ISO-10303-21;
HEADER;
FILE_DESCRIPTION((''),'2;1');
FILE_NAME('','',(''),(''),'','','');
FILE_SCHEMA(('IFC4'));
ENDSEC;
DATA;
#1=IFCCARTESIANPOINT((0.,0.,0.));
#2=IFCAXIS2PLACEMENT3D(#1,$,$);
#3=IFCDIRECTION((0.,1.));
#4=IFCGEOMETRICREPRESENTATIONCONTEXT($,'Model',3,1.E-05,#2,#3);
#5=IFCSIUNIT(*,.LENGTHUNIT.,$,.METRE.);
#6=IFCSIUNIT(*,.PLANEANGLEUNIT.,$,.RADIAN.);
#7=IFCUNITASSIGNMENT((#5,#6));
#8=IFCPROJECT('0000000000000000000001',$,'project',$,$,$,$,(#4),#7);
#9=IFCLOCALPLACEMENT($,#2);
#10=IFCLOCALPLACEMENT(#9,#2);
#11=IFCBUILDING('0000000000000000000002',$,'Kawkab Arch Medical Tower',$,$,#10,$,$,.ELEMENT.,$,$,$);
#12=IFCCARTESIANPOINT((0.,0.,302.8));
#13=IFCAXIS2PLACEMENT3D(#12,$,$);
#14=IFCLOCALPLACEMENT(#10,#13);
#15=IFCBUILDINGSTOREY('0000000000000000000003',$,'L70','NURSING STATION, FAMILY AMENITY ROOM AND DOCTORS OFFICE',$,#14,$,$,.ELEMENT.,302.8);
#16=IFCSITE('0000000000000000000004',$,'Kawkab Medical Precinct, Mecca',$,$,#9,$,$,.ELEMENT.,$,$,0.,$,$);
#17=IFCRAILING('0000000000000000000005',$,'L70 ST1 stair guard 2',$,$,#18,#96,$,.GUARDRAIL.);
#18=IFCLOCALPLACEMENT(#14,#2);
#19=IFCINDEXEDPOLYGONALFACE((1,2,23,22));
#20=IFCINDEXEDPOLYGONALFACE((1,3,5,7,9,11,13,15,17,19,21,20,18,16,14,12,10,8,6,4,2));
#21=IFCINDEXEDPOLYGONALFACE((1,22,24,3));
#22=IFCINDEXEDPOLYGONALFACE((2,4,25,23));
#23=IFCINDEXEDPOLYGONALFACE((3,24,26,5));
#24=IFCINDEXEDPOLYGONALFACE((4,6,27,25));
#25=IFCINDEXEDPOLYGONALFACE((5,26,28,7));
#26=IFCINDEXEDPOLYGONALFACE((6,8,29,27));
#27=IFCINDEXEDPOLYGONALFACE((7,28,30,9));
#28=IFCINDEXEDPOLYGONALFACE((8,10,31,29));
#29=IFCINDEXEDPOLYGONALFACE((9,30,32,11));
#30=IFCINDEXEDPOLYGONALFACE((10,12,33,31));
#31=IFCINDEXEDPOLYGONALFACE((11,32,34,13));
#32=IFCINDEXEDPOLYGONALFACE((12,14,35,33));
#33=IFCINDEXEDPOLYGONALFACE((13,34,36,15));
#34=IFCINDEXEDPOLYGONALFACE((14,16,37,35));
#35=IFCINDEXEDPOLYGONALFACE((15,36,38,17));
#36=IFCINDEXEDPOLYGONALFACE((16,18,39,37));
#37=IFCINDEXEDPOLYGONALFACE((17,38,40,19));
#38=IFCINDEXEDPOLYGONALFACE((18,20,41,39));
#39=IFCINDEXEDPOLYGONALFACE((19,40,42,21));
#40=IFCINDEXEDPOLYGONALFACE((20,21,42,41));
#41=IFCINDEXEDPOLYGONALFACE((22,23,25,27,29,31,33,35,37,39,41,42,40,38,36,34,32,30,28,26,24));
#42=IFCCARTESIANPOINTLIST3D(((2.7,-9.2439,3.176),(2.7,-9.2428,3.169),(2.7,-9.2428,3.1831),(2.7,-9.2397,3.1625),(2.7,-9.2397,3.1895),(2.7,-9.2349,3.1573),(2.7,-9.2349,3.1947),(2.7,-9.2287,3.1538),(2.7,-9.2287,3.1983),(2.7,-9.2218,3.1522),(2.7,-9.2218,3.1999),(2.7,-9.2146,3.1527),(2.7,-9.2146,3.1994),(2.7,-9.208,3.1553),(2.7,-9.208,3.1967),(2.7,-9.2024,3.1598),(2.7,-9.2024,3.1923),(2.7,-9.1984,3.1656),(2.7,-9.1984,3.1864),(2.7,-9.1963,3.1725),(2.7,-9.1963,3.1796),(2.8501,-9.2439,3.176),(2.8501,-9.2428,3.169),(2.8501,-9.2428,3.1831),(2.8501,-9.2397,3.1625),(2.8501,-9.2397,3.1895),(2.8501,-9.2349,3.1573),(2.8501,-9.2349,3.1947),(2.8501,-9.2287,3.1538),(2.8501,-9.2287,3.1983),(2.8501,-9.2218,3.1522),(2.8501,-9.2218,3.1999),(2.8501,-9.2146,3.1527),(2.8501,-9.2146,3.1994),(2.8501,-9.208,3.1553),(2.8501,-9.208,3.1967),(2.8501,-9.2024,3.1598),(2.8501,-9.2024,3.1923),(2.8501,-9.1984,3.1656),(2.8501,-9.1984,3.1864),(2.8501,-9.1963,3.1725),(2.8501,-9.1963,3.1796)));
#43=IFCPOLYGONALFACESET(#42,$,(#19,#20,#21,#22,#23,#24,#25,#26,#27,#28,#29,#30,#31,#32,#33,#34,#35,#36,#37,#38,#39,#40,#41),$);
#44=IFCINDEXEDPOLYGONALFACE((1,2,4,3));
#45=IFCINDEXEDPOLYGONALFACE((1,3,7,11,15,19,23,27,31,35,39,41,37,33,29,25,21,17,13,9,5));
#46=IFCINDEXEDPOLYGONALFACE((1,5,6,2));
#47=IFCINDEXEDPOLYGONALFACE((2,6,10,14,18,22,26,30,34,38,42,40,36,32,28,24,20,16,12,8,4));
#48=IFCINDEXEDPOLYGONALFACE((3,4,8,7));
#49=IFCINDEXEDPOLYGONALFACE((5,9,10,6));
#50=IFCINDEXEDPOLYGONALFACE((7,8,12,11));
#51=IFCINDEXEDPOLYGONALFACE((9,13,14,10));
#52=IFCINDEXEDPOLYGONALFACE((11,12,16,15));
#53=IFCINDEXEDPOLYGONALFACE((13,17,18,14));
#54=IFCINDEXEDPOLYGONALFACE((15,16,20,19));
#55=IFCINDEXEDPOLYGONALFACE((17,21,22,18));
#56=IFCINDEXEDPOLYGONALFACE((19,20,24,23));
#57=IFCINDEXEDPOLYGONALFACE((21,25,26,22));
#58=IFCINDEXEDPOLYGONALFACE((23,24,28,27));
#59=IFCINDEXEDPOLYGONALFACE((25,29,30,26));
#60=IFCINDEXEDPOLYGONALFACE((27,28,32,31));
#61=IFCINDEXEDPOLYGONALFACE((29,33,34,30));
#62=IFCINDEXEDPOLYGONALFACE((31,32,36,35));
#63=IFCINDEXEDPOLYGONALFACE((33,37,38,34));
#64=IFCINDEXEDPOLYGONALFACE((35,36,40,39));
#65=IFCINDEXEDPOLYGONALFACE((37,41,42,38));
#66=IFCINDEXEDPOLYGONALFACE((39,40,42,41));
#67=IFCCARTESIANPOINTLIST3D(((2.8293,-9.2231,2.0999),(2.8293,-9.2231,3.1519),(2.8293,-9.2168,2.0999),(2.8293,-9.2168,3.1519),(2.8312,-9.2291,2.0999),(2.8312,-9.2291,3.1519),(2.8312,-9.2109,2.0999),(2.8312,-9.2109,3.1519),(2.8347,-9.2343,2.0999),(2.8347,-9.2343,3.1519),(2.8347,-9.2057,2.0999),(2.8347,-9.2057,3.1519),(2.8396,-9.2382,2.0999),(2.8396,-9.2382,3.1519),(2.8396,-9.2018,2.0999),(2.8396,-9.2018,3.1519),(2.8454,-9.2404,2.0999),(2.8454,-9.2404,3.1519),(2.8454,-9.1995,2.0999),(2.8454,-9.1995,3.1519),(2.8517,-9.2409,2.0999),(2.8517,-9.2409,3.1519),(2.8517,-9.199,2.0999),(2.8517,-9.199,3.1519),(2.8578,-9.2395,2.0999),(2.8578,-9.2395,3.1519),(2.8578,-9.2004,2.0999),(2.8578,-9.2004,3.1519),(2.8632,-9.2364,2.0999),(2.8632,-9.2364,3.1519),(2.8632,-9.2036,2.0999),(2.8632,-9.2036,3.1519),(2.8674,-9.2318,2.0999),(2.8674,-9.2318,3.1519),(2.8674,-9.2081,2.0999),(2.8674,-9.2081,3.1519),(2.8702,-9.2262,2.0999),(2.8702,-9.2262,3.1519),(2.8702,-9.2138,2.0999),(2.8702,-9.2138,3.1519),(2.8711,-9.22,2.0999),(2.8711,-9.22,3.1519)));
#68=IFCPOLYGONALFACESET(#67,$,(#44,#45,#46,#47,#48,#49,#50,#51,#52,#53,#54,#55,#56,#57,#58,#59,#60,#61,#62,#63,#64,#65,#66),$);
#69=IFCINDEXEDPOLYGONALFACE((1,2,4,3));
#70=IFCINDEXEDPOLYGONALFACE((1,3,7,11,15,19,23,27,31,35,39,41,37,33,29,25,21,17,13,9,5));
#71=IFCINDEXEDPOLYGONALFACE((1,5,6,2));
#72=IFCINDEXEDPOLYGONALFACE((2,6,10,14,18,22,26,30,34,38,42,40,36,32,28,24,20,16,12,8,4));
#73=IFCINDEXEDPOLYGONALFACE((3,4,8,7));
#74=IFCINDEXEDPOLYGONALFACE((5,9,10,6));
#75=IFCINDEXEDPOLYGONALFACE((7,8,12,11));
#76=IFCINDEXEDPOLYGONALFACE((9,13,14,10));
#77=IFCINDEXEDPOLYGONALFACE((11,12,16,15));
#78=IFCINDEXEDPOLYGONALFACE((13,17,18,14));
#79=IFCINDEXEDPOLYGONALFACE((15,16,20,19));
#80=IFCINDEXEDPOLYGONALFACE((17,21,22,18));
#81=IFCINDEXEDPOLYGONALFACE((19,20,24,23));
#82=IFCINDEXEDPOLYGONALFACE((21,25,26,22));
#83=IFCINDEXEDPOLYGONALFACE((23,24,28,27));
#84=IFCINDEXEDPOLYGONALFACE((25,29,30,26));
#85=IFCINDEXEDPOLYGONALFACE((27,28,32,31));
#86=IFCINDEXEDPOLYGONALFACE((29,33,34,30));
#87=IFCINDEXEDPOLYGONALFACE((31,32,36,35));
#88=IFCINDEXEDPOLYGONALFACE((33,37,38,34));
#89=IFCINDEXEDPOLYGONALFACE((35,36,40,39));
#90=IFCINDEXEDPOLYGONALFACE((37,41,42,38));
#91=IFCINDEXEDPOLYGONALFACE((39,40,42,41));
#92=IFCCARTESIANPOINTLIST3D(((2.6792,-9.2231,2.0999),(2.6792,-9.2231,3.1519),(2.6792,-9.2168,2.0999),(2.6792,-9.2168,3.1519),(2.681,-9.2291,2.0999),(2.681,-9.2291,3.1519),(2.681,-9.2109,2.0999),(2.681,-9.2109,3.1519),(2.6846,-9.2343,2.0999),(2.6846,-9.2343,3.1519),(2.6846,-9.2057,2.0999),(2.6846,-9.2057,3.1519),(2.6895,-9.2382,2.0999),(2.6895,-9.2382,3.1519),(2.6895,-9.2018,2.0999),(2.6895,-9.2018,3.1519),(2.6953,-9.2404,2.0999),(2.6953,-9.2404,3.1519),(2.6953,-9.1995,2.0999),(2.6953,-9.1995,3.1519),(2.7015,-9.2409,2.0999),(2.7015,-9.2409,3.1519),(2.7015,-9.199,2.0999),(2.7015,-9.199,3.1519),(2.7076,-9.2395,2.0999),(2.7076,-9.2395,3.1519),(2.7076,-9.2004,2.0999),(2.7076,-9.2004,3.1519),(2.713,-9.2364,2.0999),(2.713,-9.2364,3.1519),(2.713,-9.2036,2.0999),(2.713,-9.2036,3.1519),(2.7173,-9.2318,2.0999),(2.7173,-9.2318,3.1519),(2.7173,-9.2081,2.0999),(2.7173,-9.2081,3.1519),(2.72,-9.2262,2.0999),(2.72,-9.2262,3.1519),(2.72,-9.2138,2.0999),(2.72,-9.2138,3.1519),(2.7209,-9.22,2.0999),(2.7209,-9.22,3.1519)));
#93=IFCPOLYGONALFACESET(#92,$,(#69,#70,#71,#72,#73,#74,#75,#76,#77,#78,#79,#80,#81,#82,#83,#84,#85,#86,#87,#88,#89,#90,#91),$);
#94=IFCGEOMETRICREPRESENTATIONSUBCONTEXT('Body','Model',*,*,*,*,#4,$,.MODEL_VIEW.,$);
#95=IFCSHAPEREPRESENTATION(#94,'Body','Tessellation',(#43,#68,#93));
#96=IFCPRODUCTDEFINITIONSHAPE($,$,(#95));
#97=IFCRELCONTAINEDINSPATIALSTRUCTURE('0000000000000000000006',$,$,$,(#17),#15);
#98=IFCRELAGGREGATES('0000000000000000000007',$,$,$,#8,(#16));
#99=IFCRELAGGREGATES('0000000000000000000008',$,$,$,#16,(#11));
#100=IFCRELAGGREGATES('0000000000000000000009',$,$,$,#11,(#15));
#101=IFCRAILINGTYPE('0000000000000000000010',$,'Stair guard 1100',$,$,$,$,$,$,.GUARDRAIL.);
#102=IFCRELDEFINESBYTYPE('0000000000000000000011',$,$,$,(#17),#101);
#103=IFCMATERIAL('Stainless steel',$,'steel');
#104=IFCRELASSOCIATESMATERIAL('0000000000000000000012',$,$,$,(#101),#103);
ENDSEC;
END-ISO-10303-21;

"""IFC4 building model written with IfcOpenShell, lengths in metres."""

from ifc_helpers import new_model, si_unit, direction, frame, origin, origin_2d, place, context, subcontext, project, spatial, circle, extrude, material, type_object, element, save


model = new_model("IFC4")

# Units and contexts
model_context = context("Model", 3, precision=1e-05, world=origin(), true_north=direction((0.0, 1.0)))
body_context = subcontext(model_context, "Body", "Model", "MODEL_VIEW")
ifc_project = project(units=[si_unit("LENGTHUNIT", "METRE"), si_unit("PLANEANGLEUNIT", "RADIAN")], contexts=[model_context])

# Site, building, storey
site_placement = place(None, origin())
site = spatial("IfcSite", under=ifc_project, at=site_placement, Name="Kawkab Medical Precinct, Mecca", CompositionType="ELEMENT", RefElevation=0.0)
building_placement = place(site_placement, origin())
building = spatial("IfcBuilding", under=site, at=building_placement, Name="Kawkab Arch Medical Tower", CompositionType="ELEMENT")
storey_placement = place(building_placement, frame((0.0, 0.0, 302.8)))
storey = spatial("IfcBuildingStorey", under=building, at=storey_placement, Name="L70", Description="NURSING STATION, FAMILY AMENITY ROOM AND DOCTORS OFFICE", CompositionType="ELEMENT", Elevation=302.8)

# Railing
ifc_material_1 = material(Name="Stainless steel", Category="steel")
railing_type = type_object("IfcRailingType", Name="Stair guard 1100", PredefinedType="GUARDRAIL", material=ifc_material_1)
railing_1_placement = place(storey_placement, frame((2.8501, -9.22, 2.0999)))
element("IfcRailing", 1, at=railing_1_placement, inside=storey, type_object=railing_type, Name="L70 ST1 stair guard 2", PredefinedType="GUARDRAIL", context=body_context, shape_type="SweptSolid", body=[
    extrude(circle(Radius=0.0239, at=origin_2d()), frame((0.0, 0.0, 1.0762), z_axis=(-1.0, 0.0, 0.0), x_axis=(0.0, -1.0, 0.0)), (0.0, 0.0, 1.0), 0.1501),
    extrude(circle(Radius=0.021, at=origin_2d()), origin(), (0.0, 0.0, 1.0), 1.052),
    extrude(circle(Radius=0.021, at=origin_2d()), frame((-0.1501, 0.0, 0.0)), (0.0, 0.0, 1.0), 1.052),
])

save(model, "model.ifc")
